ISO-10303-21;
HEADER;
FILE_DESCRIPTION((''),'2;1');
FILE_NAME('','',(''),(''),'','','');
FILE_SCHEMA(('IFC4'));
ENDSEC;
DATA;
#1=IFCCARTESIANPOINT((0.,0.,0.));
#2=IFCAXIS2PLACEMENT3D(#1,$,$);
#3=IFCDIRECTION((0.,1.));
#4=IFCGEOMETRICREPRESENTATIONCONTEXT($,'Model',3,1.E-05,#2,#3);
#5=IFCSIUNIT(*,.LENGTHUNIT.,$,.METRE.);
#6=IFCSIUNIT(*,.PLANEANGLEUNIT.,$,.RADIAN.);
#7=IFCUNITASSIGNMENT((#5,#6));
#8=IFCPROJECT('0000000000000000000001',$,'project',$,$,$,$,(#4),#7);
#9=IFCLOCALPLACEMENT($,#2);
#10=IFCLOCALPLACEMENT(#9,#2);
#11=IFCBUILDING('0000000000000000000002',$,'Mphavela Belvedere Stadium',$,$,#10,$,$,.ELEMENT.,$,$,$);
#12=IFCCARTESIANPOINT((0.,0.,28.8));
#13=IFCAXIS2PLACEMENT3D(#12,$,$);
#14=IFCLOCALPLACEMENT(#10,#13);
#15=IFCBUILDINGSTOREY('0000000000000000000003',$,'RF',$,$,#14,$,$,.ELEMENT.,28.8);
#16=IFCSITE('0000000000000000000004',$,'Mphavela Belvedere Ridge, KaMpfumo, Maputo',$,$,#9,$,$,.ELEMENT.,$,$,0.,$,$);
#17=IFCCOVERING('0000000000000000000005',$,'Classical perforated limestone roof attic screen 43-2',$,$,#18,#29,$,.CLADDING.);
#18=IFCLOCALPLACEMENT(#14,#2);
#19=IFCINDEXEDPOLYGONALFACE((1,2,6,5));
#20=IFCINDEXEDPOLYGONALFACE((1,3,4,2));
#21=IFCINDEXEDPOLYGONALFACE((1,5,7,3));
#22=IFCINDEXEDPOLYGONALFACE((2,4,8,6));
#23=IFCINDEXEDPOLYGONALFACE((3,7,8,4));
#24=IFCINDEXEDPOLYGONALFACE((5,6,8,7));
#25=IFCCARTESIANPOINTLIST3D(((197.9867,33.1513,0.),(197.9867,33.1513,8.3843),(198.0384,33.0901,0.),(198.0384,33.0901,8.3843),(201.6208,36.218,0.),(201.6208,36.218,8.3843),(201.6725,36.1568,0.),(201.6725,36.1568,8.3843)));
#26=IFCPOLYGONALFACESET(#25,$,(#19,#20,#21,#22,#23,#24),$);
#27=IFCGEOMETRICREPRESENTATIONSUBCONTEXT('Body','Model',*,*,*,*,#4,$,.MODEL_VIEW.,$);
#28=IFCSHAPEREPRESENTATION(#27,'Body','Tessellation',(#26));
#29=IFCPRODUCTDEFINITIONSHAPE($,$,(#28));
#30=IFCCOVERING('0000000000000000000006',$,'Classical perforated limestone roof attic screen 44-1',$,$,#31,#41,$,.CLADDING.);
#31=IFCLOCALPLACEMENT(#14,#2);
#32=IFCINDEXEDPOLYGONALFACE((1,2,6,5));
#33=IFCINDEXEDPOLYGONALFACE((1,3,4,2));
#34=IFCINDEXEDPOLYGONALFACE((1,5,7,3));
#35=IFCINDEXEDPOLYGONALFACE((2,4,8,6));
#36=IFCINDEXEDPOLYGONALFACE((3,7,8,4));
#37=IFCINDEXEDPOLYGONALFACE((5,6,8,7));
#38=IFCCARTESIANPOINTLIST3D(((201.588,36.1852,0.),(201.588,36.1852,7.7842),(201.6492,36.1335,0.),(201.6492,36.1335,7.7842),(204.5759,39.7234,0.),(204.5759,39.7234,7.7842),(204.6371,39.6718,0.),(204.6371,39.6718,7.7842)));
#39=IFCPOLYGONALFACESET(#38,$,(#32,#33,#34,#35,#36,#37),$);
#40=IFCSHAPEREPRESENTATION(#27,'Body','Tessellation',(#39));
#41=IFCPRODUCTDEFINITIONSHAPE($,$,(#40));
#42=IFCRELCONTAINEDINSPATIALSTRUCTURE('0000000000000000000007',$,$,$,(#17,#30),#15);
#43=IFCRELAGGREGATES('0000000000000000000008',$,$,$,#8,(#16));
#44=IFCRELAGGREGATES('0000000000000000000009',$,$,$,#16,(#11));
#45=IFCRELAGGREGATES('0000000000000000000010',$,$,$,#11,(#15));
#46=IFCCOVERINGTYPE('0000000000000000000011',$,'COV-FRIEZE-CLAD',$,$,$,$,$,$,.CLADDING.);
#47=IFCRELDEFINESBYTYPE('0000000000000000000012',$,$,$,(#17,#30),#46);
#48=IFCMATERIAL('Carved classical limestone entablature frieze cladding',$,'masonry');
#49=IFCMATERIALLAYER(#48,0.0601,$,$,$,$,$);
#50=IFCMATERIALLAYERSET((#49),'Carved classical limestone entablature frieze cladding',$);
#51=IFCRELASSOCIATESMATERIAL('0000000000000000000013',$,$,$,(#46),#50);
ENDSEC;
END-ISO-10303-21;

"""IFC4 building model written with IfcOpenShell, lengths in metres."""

from ifc_helpers import new_model, si_unit, direction, frame, origin, origin_2d, place, context, subcontext, project, spatial, rectangle, extrude, material, layer, layer_set, type_object, element, save


model = new_model("IFC4")

# Units and contexts
model_context = context("Model", 3, precision=1e-05, world=origin(), true_north=direction((0.0, 1.0)))
body_context = subcontext(model_context, "Body", "Model", "MODEL_VIEW")
ifc_project = project(units=[si_unit("LENGTHUNIT", "METRE"), si_unit("PLANEANGLEUNIT", "RADIAN")], contexts=[model_context])

# Site, building, storey
site_placement = place(None, origin())
site = spatial("IfcSite", under=ifc_project, at=site_placement, Name="Mphavela Belvedere Ridge, KaMpfumo, Maputo", CompositionType="ELEMENT", RefElevation=0.0)
building_placement = place(site_placement, origin())
building = spatial("IfcBuilding", under=site, at=building_placement, Name="Mphavela Belvedere Stadium", CompositionType="ELEMENT")
storey_placement = place(building_placement, frame((0.0, 0.0, 28.8)))
storey = spatial("IfcBuildingStorey", under=building, at=storey_placement, Name="RF", CompositionType="ELEMENT", Elevation=28.8)

# Coverings
ifc_material_1 = material(Name="Carved classical limestone entablature frieze cladding", Category="masonry")
ifc_layer_1 = layer(ifc_material_1, 0.0601)
ifc_layer_set_1 = layer_set([ifc_layer_1], Name="Carved classical limestone entablature frieze cladding")
covering_type = type_object("IfcCoveringType", Name="COV-FRIEZE-CLAD", PredefinedType="CLADDING", material=ifc_layer_set_1)
covering_1_placement = place(storey_placement, frame((199.8296, 34.6541, 0.0), z_axis=(0.0, 0.0, 1.0), x_axis=(0.764246, 0.644924, 0.0)))
element("IfcCovering", 1, at=covering_1_placement, inside=storey, type_object=covering_type, Name="Classical perforated limestone roof attic screen 43-2", PredefinedType="CLADDING", context=body_context, shape_type="SweptSolid", body=[
    extrude(rectangle(XDim=4.7551, YDim=0.0801, at=origin_2d()), origin(), (0.0, 0.0, 1.0), 8.3843),
])
covering_2_placement = place(storey_placement, frame((203.1125, 37.9285, 0.0), z_axis=(0.0, 0.0, 1.0), x_axis=(0.645191, 0.764021, 0.0)))
element("IfcCovering", 2, at=covering_2_placement, inside=storey, type_object=covering_type, Name="Classical perforated limestone roof attic screen 44-1", PredefinedType="CLADDING", context=body_context, shape_type="SweptSolid", body=[
    extrude(rectangle(XDim=4.6311, YDim=0.0801, at=origin_2d()), origin(), (0.0, 0.0, 1.0), 7.7842),
])

save(model, "model.ifc")
